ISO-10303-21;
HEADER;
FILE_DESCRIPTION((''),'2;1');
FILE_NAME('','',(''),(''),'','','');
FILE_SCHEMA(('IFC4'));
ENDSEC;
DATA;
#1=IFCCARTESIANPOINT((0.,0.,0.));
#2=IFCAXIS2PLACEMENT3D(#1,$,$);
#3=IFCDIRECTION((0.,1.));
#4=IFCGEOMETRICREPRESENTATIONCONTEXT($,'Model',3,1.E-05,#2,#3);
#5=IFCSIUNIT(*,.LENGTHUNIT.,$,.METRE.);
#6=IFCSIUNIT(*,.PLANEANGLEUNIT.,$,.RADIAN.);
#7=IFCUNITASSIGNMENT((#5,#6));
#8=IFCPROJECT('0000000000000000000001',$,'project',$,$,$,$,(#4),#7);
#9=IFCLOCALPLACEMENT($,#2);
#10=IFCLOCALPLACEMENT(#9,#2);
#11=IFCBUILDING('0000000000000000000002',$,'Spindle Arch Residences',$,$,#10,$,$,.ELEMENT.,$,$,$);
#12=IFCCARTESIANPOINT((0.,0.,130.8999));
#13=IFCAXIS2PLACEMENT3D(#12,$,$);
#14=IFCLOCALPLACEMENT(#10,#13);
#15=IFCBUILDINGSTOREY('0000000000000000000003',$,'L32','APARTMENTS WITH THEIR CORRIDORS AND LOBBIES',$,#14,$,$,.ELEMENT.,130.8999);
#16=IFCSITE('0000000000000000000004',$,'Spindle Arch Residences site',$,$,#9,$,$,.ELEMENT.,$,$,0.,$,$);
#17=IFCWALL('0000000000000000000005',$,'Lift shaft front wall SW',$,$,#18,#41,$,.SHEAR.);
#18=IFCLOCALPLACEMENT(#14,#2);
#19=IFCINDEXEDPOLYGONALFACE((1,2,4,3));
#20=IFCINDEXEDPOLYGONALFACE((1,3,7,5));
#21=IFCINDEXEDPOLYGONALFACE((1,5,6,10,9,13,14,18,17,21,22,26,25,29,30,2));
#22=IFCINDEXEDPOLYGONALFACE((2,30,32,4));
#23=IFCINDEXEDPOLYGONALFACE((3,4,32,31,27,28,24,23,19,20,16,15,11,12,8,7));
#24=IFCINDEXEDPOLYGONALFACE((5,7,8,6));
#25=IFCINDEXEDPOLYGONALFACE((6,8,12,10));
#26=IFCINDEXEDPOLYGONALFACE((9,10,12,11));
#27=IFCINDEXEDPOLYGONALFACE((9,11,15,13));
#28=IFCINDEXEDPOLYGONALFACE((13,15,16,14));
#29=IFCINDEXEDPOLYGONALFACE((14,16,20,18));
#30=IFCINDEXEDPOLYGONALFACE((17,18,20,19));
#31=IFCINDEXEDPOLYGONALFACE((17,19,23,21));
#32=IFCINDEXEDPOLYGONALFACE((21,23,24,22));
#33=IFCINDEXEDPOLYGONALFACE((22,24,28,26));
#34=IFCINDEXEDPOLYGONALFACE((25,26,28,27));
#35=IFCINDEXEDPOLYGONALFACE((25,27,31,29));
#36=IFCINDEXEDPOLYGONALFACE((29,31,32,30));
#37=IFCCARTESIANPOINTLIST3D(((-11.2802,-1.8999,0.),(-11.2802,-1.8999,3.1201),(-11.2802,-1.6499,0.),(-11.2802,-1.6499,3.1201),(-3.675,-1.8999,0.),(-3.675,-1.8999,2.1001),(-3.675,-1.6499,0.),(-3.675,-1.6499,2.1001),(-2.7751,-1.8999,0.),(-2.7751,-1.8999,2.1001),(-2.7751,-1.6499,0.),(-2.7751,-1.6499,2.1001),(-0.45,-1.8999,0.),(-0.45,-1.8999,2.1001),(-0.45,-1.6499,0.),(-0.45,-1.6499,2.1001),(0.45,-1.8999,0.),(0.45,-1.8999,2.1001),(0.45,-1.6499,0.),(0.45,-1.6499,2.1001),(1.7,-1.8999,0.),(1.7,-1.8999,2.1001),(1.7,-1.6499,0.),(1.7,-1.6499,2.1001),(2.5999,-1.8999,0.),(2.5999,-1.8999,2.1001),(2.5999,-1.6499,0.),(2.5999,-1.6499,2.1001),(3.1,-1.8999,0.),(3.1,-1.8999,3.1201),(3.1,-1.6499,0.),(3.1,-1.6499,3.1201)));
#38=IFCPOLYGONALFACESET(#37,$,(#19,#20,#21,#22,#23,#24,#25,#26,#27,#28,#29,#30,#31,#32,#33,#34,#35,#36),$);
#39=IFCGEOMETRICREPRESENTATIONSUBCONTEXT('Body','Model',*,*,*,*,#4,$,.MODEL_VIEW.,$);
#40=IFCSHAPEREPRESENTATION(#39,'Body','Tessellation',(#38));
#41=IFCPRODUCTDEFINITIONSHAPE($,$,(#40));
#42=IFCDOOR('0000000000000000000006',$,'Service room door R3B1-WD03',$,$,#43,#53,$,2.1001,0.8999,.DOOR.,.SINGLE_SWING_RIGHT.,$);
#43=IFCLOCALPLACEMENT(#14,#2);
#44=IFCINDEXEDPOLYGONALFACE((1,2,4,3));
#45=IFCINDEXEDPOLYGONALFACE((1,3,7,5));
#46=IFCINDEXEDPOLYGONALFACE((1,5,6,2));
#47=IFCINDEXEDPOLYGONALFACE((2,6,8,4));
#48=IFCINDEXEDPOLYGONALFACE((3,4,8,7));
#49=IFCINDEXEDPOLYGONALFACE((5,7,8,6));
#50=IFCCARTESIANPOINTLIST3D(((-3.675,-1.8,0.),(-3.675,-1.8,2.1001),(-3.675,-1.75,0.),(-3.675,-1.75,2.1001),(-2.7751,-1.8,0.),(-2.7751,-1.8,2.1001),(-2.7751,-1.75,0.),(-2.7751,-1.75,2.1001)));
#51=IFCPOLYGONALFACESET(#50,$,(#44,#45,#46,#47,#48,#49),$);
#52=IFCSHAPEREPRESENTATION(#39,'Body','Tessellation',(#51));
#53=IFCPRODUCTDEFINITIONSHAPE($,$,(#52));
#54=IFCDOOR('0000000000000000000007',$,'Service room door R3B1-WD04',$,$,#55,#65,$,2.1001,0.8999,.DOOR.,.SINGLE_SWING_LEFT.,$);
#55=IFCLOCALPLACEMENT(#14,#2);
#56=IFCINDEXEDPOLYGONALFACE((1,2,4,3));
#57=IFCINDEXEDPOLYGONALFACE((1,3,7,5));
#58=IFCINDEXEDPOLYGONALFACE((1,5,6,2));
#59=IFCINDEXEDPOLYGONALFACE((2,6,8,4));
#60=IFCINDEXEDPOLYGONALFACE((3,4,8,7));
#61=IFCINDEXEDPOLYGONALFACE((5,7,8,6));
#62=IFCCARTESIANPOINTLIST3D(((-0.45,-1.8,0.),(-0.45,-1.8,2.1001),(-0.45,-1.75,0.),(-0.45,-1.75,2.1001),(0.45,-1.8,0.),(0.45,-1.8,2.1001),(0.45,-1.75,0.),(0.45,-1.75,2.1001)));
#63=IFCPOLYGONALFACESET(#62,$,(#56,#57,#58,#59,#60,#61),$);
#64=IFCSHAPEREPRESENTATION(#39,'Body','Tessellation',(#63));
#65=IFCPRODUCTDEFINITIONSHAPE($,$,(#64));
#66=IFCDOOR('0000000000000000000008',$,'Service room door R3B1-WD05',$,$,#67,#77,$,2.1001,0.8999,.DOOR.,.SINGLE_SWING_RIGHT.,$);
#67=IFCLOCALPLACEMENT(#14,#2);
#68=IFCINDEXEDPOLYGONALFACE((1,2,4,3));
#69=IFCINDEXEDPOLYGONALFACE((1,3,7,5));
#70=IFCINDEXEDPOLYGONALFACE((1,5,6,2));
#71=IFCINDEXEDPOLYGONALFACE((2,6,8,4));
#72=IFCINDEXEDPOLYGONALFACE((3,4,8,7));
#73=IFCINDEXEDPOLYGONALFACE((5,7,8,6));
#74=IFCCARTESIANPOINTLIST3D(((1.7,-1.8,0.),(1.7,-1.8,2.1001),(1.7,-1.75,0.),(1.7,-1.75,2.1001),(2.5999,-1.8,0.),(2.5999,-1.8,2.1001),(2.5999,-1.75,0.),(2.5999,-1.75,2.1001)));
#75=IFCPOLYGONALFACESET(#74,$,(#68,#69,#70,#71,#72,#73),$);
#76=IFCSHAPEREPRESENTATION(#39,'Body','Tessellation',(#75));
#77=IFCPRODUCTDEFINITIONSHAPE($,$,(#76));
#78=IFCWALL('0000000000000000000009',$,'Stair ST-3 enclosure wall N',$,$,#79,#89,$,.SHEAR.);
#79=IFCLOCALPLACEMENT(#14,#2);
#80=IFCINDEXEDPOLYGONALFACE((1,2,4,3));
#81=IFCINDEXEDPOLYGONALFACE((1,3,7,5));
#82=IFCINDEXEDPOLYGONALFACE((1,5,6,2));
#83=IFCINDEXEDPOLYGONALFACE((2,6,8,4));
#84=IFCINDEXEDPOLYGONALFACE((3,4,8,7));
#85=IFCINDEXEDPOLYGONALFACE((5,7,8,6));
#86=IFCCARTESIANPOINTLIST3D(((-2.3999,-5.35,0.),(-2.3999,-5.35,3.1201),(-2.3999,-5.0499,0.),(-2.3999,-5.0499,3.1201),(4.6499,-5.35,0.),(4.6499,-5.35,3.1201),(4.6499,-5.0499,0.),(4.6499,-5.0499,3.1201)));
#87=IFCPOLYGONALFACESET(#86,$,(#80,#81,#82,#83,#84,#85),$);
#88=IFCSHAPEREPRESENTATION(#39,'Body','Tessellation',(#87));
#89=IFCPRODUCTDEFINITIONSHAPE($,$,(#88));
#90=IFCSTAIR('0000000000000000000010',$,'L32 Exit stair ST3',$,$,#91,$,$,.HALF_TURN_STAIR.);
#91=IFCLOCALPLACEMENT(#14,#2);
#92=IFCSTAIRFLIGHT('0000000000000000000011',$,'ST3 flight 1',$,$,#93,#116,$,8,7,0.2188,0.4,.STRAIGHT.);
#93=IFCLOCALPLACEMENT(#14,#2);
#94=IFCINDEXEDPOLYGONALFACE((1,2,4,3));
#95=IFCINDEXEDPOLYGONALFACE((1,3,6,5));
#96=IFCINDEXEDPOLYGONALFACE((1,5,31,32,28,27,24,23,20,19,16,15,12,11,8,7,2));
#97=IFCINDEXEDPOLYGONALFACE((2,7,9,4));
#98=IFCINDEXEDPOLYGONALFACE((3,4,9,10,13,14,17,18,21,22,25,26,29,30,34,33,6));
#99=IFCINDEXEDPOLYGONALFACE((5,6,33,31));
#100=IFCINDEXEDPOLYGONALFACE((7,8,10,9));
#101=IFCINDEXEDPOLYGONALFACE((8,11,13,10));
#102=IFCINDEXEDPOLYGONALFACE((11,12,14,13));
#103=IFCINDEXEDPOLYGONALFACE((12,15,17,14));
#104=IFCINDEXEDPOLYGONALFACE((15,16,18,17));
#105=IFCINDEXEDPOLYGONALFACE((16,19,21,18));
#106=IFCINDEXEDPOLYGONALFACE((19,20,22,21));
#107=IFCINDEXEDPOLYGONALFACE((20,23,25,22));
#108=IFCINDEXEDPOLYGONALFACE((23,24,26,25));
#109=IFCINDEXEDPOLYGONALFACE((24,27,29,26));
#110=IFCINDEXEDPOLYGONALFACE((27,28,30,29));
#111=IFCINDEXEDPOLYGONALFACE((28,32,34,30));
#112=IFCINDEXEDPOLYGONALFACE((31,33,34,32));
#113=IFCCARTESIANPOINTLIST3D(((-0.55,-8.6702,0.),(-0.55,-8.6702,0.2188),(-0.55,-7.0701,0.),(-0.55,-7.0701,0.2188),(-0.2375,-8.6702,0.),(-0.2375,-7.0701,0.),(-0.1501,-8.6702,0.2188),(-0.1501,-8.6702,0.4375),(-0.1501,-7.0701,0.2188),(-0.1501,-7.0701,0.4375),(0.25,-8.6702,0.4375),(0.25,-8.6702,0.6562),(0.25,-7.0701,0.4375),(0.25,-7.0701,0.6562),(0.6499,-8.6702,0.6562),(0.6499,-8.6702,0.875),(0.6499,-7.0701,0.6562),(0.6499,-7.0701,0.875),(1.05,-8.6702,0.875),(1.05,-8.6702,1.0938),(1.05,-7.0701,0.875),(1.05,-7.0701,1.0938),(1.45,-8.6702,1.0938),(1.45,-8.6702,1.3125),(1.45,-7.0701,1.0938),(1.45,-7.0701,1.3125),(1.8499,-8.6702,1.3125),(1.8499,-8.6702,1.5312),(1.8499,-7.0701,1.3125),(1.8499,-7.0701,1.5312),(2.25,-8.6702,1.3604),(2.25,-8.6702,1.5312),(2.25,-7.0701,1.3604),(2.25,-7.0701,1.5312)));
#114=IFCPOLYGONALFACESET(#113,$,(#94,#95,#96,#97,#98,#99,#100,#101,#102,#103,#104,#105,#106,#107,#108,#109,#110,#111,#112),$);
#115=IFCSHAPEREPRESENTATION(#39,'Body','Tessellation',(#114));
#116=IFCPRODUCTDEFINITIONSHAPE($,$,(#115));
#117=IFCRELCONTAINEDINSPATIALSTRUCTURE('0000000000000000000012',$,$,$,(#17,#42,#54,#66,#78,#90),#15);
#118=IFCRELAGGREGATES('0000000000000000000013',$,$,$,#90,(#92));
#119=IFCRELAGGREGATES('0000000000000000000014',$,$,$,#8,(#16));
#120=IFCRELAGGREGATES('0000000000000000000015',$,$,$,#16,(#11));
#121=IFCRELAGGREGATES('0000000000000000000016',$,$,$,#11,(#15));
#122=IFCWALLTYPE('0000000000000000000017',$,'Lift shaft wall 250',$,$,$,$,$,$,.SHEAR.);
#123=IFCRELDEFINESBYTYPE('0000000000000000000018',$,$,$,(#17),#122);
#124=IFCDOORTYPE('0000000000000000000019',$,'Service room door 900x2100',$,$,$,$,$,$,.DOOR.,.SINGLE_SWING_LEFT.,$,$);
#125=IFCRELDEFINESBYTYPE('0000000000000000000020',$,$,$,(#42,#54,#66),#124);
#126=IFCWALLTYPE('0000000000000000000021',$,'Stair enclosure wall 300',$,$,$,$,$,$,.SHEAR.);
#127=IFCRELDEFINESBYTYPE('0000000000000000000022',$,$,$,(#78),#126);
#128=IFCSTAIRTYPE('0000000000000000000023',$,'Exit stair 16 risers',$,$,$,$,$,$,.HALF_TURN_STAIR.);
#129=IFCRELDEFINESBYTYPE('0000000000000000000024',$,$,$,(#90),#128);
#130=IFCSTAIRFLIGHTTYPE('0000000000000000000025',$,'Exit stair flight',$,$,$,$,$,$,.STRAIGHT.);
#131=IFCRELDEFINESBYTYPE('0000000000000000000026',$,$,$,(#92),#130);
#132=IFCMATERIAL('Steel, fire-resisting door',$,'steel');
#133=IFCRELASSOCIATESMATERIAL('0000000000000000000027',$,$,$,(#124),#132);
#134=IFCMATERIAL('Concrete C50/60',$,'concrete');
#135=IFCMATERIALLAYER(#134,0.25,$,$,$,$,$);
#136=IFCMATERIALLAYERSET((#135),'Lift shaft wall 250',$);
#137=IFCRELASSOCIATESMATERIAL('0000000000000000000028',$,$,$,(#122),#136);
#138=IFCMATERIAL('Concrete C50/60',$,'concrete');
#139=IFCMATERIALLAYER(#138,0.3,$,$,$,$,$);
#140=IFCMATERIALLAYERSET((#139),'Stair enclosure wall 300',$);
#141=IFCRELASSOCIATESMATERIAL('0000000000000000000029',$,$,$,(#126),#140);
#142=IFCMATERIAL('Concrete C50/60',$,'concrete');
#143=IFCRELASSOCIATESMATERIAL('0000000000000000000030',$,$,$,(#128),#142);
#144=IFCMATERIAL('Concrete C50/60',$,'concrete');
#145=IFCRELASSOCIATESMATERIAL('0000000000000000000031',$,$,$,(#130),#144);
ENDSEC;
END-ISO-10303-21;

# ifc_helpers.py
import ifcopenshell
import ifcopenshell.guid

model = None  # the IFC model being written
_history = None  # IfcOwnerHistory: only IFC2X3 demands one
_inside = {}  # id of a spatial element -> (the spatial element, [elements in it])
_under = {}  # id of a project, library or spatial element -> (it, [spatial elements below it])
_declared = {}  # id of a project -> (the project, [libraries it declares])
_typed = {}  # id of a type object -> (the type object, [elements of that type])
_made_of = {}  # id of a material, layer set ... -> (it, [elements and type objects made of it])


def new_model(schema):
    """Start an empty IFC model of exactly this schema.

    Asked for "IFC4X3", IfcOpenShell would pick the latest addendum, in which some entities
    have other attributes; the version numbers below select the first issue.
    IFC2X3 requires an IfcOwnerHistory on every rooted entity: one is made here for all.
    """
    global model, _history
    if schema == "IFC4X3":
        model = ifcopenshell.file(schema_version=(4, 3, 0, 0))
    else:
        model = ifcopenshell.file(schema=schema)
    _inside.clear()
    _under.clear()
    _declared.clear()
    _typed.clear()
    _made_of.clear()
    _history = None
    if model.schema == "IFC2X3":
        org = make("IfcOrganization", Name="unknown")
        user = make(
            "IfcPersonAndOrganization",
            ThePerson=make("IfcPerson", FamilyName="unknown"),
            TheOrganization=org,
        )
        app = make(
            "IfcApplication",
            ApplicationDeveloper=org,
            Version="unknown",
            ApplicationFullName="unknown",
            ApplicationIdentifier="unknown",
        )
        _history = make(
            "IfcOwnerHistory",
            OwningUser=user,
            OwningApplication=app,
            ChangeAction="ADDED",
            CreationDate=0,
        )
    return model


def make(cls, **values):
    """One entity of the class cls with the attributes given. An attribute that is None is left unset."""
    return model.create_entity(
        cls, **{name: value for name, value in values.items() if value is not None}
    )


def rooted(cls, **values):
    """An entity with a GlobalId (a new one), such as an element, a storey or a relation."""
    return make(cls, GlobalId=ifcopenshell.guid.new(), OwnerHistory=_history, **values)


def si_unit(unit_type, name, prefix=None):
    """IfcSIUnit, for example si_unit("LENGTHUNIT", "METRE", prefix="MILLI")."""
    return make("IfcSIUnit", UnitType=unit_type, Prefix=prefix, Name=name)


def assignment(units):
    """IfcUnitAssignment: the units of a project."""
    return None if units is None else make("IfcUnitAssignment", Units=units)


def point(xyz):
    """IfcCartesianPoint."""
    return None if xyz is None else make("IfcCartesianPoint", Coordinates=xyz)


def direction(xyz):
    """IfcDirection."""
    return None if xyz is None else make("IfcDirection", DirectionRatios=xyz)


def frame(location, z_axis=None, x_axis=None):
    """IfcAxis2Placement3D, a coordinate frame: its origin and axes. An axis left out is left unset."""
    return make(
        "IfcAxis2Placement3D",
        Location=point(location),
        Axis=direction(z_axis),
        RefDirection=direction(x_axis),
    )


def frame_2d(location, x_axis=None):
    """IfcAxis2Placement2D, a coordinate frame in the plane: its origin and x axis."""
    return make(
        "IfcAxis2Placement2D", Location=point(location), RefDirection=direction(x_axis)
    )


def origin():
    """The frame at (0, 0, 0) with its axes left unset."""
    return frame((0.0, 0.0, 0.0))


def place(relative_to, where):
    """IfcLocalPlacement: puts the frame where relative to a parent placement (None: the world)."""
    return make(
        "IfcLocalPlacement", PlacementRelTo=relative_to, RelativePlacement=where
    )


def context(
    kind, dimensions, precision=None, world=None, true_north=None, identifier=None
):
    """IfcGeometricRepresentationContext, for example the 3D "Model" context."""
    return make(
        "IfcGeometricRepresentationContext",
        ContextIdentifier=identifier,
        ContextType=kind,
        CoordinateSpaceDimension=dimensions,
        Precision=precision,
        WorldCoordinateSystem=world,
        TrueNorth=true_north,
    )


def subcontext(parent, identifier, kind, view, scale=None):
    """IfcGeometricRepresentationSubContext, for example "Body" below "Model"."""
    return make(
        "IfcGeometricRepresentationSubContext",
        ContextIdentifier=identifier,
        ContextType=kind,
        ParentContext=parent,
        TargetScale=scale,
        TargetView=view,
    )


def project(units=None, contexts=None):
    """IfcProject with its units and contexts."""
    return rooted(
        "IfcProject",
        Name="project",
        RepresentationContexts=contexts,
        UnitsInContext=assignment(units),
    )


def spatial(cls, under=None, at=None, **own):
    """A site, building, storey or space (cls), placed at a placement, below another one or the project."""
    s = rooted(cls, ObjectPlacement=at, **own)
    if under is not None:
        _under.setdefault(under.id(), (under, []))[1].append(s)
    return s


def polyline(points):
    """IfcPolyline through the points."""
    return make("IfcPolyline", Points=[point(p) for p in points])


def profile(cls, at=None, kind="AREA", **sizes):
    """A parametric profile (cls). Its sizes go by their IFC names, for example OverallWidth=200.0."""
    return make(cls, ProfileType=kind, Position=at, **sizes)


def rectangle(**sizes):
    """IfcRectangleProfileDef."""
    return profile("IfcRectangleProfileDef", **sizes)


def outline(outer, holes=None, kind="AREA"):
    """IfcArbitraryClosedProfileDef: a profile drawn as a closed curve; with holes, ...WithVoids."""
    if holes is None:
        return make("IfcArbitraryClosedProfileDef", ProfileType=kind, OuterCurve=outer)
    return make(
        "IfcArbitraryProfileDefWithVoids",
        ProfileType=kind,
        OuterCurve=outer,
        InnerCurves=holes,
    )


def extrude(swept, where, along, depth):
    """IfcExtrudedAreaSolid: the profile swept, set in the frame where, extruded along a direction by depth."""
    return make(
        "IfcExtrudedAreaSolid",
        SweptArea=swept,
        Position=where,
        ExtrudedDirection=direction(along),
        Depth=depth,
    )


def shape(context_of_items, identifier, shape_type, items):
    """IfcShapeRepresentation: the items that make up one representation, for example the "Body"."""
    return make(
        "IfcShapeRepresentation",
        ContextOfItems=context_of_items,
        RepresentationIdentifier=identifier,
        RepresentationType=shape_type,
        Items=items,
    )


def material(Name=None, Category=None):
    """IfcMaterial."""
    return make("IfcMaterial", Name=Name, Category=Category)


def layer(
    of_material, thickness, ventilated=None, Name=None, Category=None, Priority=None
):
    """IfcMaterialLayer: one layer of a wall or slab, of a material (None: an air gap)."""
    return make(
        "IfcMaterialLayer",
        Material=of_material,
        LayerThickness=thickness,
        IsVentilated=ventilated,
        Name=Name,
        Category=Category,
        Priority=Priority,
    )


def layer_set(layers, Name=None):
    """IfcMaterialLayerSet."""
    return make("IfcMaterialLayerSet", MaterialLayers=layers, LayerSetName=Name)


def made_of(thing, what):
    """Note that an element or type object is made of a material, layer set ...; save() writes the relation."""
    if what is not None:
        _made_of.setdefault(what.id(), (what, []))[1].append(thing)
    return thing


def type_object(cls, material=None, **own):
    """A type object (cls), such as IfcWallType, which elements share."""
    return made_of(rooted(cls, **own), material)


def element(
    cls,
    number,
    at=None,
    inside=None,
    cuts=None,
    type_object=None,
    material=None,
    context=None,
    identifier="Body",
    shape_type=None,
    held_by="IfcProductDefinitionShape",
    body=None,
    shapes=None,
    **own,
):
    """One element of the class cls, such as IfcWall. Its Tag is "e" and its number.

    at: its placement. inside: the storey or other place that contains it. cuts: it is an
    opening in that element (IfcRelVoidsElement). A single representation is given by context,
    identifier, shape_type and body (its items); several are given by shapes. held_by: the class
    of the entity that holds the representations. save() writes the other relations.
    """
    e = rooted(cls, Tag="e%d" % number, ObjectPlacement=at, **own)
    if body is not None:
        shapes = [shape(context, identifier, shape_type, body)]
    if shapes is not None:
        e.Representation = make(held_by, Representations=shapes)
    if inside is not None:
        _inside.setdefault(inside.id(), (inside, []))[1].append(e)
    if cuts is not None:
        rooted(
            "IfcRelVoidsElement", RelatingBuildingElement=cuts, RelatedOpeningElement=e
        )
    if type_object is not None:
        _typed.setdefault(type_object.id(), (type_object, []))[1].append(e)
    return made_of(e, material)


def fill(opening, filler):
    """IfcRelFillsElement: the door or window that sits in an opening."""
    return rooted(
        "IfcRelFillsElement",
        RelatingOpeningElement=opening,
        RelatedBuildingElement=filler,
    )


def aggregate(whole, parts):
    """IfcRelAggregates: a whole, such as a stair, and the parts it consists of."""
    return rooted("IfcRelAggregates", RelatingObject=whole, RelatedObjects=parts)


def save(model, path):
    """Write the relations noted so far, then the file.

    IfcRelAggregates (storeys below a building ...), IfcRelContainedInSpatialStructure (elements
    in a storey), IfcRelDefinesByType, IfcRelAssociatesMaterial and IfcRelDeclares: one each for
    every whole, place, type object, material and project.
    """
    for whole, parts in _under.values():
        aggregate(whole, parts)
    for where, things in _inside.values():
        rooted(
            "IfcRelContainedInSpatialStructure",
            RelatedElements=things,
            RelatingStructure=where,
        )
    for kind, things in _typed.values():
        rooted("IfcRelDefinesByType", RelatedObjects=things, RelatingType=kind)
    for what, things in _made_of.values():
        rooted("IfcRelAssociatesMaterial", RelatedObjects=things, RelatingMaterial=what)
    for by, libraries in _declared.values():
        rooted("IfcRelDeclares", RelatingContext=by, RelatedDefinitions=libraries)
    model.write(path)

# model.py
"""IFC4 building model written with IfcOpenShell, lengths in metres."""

from ifc_helpers import new_model, si_unit, direction, frame, frame_2d, origin, place, context, subcontext, project, spatial, polyline, rectangle, outline, extrude, material, layer, layer_set, type_object, element, fill, aggregate, save


model = new_model("IFC4")

# Units and contexts
model_context = context("Model", 3, precision=1e-05, world=origin(), true_north=direction((0.0, 1.0)))
body_context = subcontext(model_context, "Body", "Model", "MODEL_VIEW")
ifc_project = project(units=[si_unit("LENGTHUNIT", "METRE"), si_unit("PLANEANGLEUNIT", "RADIAN")], contexts=[model_context])

# Site, building, storey
site_placement = place(None, origin())
site = spatial("IfcSite", under=ifc_project, at=site_placement, Name="Spindle Arch Residences site", CompositionType="ELEMENT", RefElevation=0.0)
building_placement = place(site_placement, origin())
building = spatial("IfcBuilding", under=site, at=building_placement, Name="Spindle Arch Residences", CompositionType="ELEMENT")
storey_placement = place(building_placement, frame((0.0, 0.0, 130.8999)))
storey = spatial("IfcBuildingStorey", under=building, at=storey_placement, Name="L32", Description="APARTMENTS WITH THEIR CORRIDORS AND LOBBIES", CompositionType="ELEMENT", Elevation=130.8999)

# Shared definitions
ifc_material_1 = material(Name="Steel, fire-resisting door", Category="steel")
door_type_1 = type_object("IfcDoorType", Name="Service room door 900x2100", OperationType="SINGLE_SWING_LEFT", PredefinedType="DOOR", material=ifc_material_1)

# Wall, openings, doors
ifc_material_2 = material(Name="Concrete C50/60", Category="concrete")
ifc_layer_1 = layer(ifc_material_2, 0.25)
ifc_layer_set_1 = layer_set([ifc_layer_1], Name="Lift shaft wall 250")
wall_type_1 = type_object("IfcWallType", Name="Lift shaft wall 250", PredefinedType="SHEAR", material=ifc_layer_set_1)
wall_1_placement = place(storey_placement, frame((-11.28, -1.7749, 0.0), z_axis=(0.0, 0.0, 1.0), x_axis=(1.0, 0.0, 0.0)))
wall_1 = element("IfcWall", 1, at=wall_1_placement, inside=storey, type_object=wall_type_1, Name="Lift shaft front wall SW", PredefinedType="SHEAR", context=body_context, shape_type="SweptSolid", body=[
    extrude(rectangle(XDim=14.3801, YDim=0.25, at=frame_2d((7.1899, 0.0))), origin(), (0.0, 0.0, 1.0), 3.1201),
])
opening_1_placement = place(wall_1_placement, frame((7.605, 0.0, 0.0)))
opening_1 = element("IfcOpeningElement", 2, at=opening_1_placement, cuts=wall_1, PredefinedType="OPENING", context=body_context, shape_type="SweptSolid", body=[
    extrude(rectangle(XDim=0.8999, YDim=2.1001, at=frame_2d((0.45, 1.05))), frame((0.0, 0.135, 0.0), z_axis=(0.0, -1.0, 0.0), x_axis=(1.0, 0.0, 0.0)), (0.0, 0.0, 1.0), 0.27),
])
opening_2_placement = place(wall_1_placement, frame((10.8301, 0.0, 0.0)))
opening_2 = element("IfcOpeningElement", 3, at=opening_2_placement, cuts=wall_1, PredefinedType="OPENING", context=body_context, shape_type="SweptSolid", body=[
    extrude(rectangle(XDim=0.8999, YDim=2.1001, at=frame_2d((0.45, 1.05))), frame((0.0, 0.135, 0.0), z_axis=(0.0, -1.0, 0.0), x_axis=(1.0, 0.0, 0.0)), (0.0, 0.0, 1.0), 0.27),
])
opening_3_placement = place(wall_1_placement, frame((12.98, 0.0, 0.0)))
opening_3 = element("IfcOpeningElement", 4, at=opening_3_placement, cuts=wall_1, PredefinedType="OPENING", context=body_context, shape_type="SweptSolid", body=[
    extrude(rectangle(XDim=0.8999, YDim=2.1001, at=frame_2d((0.45, 1.05))), frame((0.0, 0.135, 0.0), z_axis=(0.0, -1.0, 0.0), x_axis=(1.0, 0.0, 0.0)), (0.0, 0.0, 1.0), 0.27),
])
door_1_placement = place(opening_1_placement, origin())
door_1 = element("IfcDoor", 5, at=door_1_placement, inside=storey, type_object=door_type_1, Name="Service room door R3B1-WD03", OperationType="SINGLE_SWING_RIGHT", OverallHeight=2.1001, OverallWidth=0.8999, PredefinedType="DOOR", context=body_context, shape_type="SweptSolid", body=[
    extrude(rectangle(XDim=0.8999, YDim=2.1001, at=frame_2d((0.45, 1.05))), frame((0.0, 0.0249, 0.0), z_axis=(0.0, -1.0, 0.0), x_axis=(1.0, 0.0, 0.0)), (0.0, 0.0, 1.0), 0.05),
])
fill(opening_1, door_1)
door_2_placement = place(opening_2_placement, origin())
door_2 = element("IfcDoor", 6, at=door_2_placement, inside=storey, type_object=door_type_1, Name="Service room door R3B1-WD04", OperationType="SINGLE_SWING_LEFT", OverallHeight=2.1001, OverallWidth=0.8999, PredefinedType="DOOR", context=body_context, shape_type="SweptSolid", body=[
    extrude(rectangle(XDim=0.8999, YDim=2.1001, at=frame_2d((0.45, 1.05))), frame((0.0, 0.0249, 0.0), z_axis=(0.0, -1.0, 0.0), x_axis=(1.0, 0.0, 0.0)), (0.0, 0.0, 1.0), 0.05),
])
fill(opening_2, door_2)
door_3_placement = place(opening_3_placement, origin())
door_3 = element("IfcDoor", 7, at=door_3_placement, inside=storey, type_object=door_type_1, Name="Service room door R3B1-WD05", OperationType="SINGLE_SWING_RIGHT", OverallHeight=2.1001, OverallWidth=0.8999, PredefinedType="DOOR", context=body_context, shape_type="SweptSolid", body=[
    extrude(rectangle(XDim=0.8999, YDim=2.1001, at=frame_2d((0.45, 1.05))), frame((0.0, 0.0249, 0.0), z_axis=(0.0, -1.0, 0.0), x_axis=(1.0, 0.0, 0.0)), (0.0, 0.0, 1.0), 0.05),
])
fill(opening_3, door_3)

# Wall
ifc_material_3 = material(Name="Concrete C50/60", Category="concrete")
ifc_layer_2 = layer(ifc_material_3, 0.3)
ifc_layer_set_2 = layer_set([ifc_layer_2], Name="Stair enclosure wall 300")
wall_type_2 = type_object("IfcWallType", Name="Stair enclosure wall 300", PredefinedType="SHEAR", material=ifc_layer_set_2)
wall_2_placement = place(storey_placement, frame((-2.3999, -5.2, 0.0), z_axis=(0.0, 0.0, 1.0), x_axis=(1.0, 0.0, 0.0)))
element("IfcWall", 8, at=wall_2_placement, inside=storey, type_object=wall_type_2, Name="Stair ST-3 enclosure wall N", PredefinedType="SHEAR", context=body_context, shape_type="SweptSolid", body=[
    extrude(rectangle(XDim=7.0498, YDim=0.3, at=frame_2d((3.5249, 0.0))), origin(), (0.0, 0.0, 1.0), 3.1201),
])

# Stair, stair flight
ifc_material_4 = material(Name="Concrete C50/60", Category="concrete")
stair_type = type_object("IfcStairType", Name="Exit stair 16 risers", PredefinedType="HALF_TURN_STAIR", material=ifc_material_4)
stair_placement = place(storey_placement, origin())
stair = element("IfcStair", 9, at=stair_placement, inside=storey, type_object=stair_type, Name="L32 Exit stair ST3", PredefinedType="HALF_TURN_STAIR")
ifc_material_5 = material(Name="Concrete C50/60", Category="concrete")
stair_flight_type = type_object("IfcStairFlightType", Name="Exit stair flight", PredefinedType="STRAIGHT", material=ifc_material_5)
stair_flight_placement = place(storey_placement, frame((-0.55, -7.8701, 0.0), z_axis=(0.0, 0.0, 1.0), x_axis=(1.0, 0.0, 0.0)))
stair_flight = element("IfcStairFlight", 10, at=stair_flight_placement, type_object=stair_flight_type, Name="ST3 flight 1", NumberOfRisers=8, NumberOfTreads=7, PredefinedType="STRAIGHT", RiserHeight=0.2188, TreadLength=0.4, context=body_context, shape_type="SweptSolid", body=[
    extrude(outline(polyline([(0.0, 0.0), (0.0, 0.2188), (0.3999, 0.2188), (0.3999, 0.4375), (0.8, 0.4375), (0.8, 0.6562), (1.2, 0.6562), (1.2, 0.875), (1.6001, 0.875), (1.6001, 1.0938), (2.0, 1.0938), (2.0, 1.3125), (2.3999, 1.3125), (2.3999, 1.5312), (2.8, 1.5312), (2.8, 1.75), (2.8, 1.3604), (0.3125, 0.0), (0.0, 0.0)])), frame((0.0, 0.8, 0.0), z_axis=(0.0, -1.0, 0.0), x_axis=(1.0, 0.0, 0.0)), (0.0, 0.0, 1.0), 1.6001),
])
aggregate(stair, [stair_flight])

save(model, "model.ifc")
